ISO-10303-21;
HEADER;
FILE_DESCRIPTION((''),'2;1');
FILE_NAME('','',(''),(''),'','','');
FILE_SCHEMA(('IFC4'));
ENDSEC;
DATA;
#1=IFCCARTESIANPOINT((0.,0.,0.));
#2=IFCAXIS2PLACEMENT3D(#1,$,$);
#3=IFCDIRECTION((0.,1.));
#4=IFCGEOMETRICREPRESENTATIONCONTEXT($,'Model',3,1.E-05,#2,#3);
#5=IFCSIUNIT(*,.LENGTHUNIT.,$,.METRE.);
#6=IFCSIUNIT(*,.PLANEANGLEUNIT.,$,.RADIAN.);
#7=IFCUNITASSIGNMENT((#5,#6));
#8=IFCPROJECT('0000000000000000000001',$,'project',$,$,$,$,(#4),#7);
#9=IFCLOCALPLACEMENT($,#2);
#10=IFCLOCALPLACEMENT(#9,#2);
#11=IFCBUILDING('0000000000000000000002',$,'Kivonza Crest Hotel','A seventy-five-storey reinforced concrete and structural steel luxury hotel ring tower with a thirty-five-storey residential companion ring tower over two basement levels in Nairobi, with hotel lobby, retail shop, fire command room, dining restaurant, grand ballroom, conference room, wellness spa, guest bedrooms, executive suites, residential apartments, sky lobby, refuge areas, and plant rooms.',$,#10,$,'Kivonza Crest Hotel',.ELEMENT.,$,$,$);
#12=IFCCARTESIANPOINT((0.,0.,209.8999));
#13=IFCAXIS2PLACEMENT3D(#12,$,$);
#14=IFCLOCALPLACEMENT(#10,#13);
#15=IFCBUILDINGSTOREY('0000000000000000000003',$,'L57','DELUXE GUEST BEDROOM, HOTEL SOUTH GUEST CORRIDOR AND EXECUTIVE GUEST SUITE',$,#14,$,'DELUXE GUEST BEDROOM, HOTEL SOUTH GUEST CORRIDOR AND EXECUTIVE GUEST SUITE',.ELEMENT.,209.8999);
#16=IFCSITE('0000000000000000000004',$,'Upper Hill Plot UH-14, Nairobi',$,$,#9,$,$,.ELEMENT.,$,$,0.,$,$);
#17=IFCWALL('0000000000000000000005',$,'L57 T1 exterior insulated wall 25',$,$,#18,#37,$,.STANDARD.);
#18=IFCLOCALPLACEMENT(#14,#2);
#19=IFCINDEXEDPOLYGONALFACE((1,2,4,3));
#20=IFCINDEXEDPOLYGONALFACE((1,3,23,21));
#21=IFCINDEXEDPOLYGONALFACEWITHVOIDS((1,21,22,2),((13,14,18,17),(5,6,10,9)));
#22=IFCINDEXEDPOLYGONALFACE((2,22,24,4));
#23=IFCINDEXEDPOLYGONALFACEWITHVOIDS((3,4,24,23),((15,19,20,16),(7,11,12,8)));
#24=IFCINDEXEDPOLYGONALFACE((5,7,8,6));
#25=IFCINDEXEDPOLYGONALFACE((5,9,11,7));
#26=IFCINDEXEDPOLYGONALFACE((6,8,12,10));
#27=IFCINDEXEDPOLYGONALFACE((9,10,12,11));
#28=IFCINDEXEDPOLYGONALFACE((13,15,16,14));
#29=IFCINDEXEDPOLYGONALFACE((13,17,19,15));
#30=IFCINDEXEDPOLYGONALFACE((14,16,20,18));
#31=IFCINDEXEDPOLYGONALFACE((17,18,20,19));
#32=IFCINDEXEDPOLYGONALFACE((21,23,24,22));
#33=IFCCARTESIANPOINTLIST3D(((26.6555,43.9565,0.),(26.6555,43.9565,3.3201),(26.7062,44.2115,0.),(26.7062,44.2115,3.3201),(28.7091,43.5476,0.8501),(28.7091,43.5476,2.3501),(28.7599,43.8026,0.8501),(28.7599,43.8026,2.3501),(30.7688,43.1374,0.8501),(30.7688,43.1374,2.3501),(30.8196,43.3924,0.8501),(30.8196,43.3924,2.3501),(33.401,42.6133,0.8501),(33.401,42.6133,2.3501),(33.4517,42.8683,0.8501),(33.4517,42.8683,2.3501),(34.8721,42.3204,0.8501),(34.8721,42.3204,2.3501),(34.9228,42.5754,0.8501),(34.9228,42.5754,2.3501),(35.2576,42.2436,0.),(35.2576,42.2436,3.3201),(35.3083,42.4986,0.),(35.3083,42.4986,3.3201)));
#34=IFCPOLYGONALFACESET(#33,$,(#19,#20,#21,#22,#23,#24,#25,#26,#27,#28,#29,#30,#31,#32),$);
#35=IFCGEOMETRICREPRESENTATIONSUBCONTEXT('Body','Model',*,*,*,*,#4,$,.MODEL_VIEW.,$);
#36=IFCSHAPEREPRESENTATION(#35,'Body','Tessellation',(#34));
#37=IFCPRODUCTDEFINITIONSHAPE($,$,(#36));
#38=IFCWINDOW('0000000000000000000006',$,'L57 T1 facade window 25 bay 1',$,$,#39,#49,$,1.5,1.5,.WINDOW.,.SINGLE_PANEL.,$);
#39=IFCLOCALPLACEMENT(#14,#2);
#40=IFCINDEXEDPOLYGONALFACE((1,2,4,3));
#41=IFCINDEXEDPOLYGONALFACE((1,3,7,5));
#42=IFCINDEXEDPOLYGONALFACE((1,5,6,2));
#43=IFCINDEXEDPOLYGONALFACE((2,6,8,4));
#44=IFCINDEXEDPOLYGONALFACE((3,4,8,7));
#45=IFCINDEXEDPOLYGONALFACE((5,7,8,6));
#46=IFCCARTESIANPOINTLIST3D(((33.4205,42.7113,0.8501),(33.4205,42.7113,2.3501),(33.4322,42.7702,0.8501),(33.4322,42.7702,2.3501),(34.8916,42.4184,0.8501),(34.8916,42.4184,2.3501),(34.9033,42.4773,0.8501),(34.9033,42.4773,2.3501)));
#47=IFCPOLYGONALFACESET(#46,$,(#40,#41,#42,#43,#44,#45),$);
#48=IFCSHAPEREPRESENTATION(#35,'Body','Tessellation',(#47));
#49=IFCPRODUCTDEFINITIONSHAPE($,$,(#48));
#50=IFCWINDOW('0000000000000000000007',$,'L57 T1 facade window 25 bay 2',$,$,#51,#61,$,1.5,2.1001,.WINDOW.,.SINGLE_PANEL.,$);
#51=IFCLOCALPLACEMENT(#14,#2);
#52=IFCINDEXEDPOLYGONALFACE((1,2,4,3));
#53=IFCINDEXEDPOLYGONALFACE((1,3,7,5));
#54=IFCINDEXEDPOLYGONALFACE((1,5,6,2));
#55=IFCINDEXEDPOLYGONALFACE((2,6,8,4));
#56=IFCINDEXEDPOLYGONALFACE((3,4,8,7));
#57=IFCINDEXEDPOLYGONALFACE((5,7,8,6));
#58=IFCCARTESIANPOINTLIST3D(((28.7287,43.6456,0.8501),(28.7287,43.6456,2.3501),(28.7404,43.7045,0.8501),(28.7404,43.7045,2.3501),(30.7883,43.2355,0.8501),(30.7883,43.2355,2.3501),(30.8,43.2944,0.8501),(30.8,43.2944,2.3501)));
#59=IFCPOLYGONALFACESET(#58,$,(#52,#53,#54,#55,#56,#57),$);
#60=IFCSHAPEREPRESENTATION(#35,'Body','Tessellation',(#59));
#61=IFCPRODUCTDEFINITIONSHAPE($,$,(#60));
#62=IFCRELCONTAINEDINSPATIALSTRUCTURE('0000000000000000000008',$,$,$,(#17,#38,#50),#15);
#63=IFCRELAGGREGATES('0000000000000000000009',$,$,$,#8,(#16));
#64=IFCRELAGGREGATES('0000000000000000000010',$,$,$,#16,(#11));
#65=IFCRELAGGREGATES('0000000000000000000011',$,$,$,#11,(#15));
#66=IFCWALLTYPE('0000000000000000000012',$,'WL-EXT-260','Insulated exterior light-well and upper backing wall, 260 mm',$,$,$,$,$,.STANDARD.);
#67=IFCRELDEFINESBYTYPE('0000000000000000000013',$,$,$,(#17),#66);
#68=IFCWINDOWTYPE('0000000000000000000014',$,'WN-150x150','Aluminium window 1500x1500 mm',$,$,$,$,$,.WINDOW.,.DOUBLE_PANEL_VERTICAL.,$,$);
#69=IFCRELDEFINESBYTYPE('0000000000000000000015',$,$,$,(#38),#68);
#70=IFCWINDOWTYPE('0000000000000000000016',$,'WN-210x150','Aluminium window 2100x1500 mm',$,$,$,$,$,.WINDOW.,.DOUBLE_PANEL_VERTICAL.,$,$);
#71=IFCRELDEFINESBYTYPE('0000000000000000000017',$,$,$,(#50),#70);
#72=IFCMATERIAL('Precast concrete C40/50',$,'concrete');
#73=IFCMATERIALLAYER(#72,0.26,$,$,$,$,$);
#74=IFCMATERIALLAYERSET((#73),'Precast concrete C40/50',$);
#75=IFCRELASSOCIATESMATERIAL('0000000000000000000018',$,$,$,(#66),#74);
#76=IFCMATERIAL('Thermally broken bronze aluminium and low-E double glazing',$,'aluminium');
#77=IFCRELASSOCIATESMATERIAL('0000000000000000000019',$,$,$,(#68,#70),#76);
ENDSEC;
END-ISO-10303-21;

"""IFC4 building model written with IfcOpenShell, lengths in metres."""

from ifc_helpers import new_model, si_unit, direction, frame, frame_2d, origin, place, context, subcontext, project, spatial, rectangle, extrude, material, layer, layer_set, type_object, element, fill, save


model = new_model("IFC4")

# Units and contexts
model_context = context("Model", 3, precision=1e-05, world=origin(), true_north=direction((0.0, 1.0)))
body_context = subcontext(model_context, "Body", "Model", "MODEL_VIEW")
ifc_project = project(units=[si_unit("LENGTHUNIT", "METRE"), si_unit("PLANEANGLEUNIT", "RADIAN")], contexts=[model_context])

# Site, building, storey
site_placement = place(None, origin())
site = spatial("IfcSite", under=ifc_project, at=site_placement, Name="Upper Hill Plot UH-14, Nairobi", CompositionType="ELEMENT", RefElevation=0.0)
building_placement = place(site_placement, origin())
building = spatial("IfcBuilding", under=site, at=building_placement, Name="Kivonza Crest Hotel", Description="A seventy-five-storey reinforced concrete and structural steel luxury hotel ring tower with a thirty-five-storey residential companion ring tower over two basement levels in Nairobi, with hotel lobby, retail shop, fire command room, dining restaurant, grand ballroom, conference room, wellness spa, guest bedrooms, executive suites, residential apartments, sky lobby, refuge areas, and plant rooms.", LongName="Kivonza Crest Hotel", CompositionType="ELEMENT")
storey_placement = place(building_placement, frame((0.0, 0.0, 209.8999)))
storey = spatial("IfcBuildingStorey", under=building, at=storey_placement, Name="L57", Description="DELUXE GUEST BEDROOM, HOTEL SOUTH GUEST CORRIDOR AND EXECUTIVE GUEST SUITE", LongName="DELUXE GUEST BEDROOM, HOTEL SOUTH GUEST CORRIDOR AND EXECUTIVE GUEST SUITE", CompositionType="ELEMENT", Elevation=209.8999)

# Shared definitions
ifc_material_1 = material(Name="Precast concrete C40/50", Category="concrete")
ifc_layer_1 = layer(ifc_material_1, 0.26)
ifc_layer_set_1 = layer_set([ifc_layer_1], Name="Precast concrete C40/50")
wall_type_1 = type_object("IfcWallType", Name="WL-EXT-260", Description="Insulated exterior light-well and upper backing wall, 260 mm", PredefinedType="STANDARD", material=ifc_layer_set_1)

# Wall, openings, windows
wall_1_placement = place(storey_placement, frame((35.283, 42.3711, 0.0), z_axis=(0.0, 0.0, 1.0), x_axis=(-0.980745, 0.195292, 0.0)))
wall_1 = element("IfcWall", 1, at=wall_1_placement, inside=storey, type_object=wall_type_1, Name="L57 T1 exterior insulated wall 25", PredefinedType="STANDARD", context=body_context, shape_type="SweptSolid", body=[
    extrude(rectangle(XDim=8.771, YDim=0.26, at=frame_2d((4.3855, 0.0))), origin(), (0.0, 0.0, 1.0), 3.3201),
])
opening_1_placement = place(wall_1_placement, frame((0.3931, 0.0, 0.8501)))
opening_1 = element("IfcOpeningElement", 2, at=opening_1_placement, cuts=wall_1, PredefinedType="OPENING", context=body_context, shape_type="SweptSolid", body=[
    extrude(rectangle(XDim=1.5, YDim=1.5, at=frame_2d((0.75, 0.75))), frame((0.0, 0.1401, 0.0), z_axis=(0.0, -1.0, 0.0), x_axis=(1.0, 0.0, 0.0)), (0.0, 0.0, 1.0), 0.28),
])
opening_2_placement = place(wall_1_placement, frame((4.5769, 0.0, 0.8501)))
opening_2 = element("IfcOpeningElement", 3, at=opening_2_placement, cuts=wall_1, PredefinedType="OPENING", context=body_context, shape_type="SweptSolid", body=[
    extrude(rectangle(XDim=2.1001, YDim=1.5, at=frame_2d((1.05, 0.75))), frame((0.0, 0.1401, 0.0), z_axis=(0.0, -1.0, 0.0), x_axis=(1.0, 0.0, 0.0)), (0.0, 0.0, 1.0), 0.28),
])
ifc_material_2 = material(Name="Thermally broken bronze aluminium and low-E double glazing", Category="aluminium")
window_type_1 = type_object("IfcWindowType", Name="WN-150x150", Description="Aluminium window 1500x1500 mm", PartitioningType="DOUBLE_PANEL_VERTICAL", PredefinedType="WINDOW", material=ifc_material_2)
window_1_placement = place(opening_1_placement, origin())
window_1 = element("IfcWindow", 4, at=window_1_placement, inside=storey, type_object=window_type_1, Name="L57 T1 facade window 25 bay 1", OverallHeight=1.5, OverallWidth=1.5, PartitioningType="SINGLE_PANEL", PredefinedType="WINDOW", context=body_context, shape_type="SweptSolid", body=[
    extrude(rectangle(XDim=1.5, YDim=1.5, at=frame_2d((0.75, 0.75))), frame((0.0, 0.03, 0.0), z_axis=(0.0, -1.0, 0.0), x_axis=(1.0, 0.0, 0.0)), (0.0, 0.0, 1.0), 0.0601),
])
fill(opening_1, window_1)
window_type_2 = type_object("IfcWindowType", Name="WN-210x150", Description="Aluminium window 2100x1500 mm", PartitioningType="DOUBLE_PANEL_VERTICAL", PredefinedType="WINDOW", material=ifc_material_2)
window_2_placement = place(opening_2_placement, origin())
window_2 = element("IfcWindow", 5, at=window_2_placement, inside=storey, type_object=window_type_2, Name="L57 T1 facade window 25 bay 2", OverallHeight=1.5, OverallWidth=2.1001, PartitioningType="SINGLE_PANEL", PredefinedType="WINDOW", context=body_context, shape_type="SweptSolid", body=[
    extrude(rectangle(XDim=2.1001, YDim=1.5, at=frame_2d((1.05, 0.75))), frame((0.0, 0.03, 0.0), z_axis=(0.0, -1.0, 0.0), x_axis=(1.0, 0.0, 0.0)), (0.0, 0.0, 1.0), 0.0601),
])
fill(opening_2, window_2)

save(model, "model.ifc")
